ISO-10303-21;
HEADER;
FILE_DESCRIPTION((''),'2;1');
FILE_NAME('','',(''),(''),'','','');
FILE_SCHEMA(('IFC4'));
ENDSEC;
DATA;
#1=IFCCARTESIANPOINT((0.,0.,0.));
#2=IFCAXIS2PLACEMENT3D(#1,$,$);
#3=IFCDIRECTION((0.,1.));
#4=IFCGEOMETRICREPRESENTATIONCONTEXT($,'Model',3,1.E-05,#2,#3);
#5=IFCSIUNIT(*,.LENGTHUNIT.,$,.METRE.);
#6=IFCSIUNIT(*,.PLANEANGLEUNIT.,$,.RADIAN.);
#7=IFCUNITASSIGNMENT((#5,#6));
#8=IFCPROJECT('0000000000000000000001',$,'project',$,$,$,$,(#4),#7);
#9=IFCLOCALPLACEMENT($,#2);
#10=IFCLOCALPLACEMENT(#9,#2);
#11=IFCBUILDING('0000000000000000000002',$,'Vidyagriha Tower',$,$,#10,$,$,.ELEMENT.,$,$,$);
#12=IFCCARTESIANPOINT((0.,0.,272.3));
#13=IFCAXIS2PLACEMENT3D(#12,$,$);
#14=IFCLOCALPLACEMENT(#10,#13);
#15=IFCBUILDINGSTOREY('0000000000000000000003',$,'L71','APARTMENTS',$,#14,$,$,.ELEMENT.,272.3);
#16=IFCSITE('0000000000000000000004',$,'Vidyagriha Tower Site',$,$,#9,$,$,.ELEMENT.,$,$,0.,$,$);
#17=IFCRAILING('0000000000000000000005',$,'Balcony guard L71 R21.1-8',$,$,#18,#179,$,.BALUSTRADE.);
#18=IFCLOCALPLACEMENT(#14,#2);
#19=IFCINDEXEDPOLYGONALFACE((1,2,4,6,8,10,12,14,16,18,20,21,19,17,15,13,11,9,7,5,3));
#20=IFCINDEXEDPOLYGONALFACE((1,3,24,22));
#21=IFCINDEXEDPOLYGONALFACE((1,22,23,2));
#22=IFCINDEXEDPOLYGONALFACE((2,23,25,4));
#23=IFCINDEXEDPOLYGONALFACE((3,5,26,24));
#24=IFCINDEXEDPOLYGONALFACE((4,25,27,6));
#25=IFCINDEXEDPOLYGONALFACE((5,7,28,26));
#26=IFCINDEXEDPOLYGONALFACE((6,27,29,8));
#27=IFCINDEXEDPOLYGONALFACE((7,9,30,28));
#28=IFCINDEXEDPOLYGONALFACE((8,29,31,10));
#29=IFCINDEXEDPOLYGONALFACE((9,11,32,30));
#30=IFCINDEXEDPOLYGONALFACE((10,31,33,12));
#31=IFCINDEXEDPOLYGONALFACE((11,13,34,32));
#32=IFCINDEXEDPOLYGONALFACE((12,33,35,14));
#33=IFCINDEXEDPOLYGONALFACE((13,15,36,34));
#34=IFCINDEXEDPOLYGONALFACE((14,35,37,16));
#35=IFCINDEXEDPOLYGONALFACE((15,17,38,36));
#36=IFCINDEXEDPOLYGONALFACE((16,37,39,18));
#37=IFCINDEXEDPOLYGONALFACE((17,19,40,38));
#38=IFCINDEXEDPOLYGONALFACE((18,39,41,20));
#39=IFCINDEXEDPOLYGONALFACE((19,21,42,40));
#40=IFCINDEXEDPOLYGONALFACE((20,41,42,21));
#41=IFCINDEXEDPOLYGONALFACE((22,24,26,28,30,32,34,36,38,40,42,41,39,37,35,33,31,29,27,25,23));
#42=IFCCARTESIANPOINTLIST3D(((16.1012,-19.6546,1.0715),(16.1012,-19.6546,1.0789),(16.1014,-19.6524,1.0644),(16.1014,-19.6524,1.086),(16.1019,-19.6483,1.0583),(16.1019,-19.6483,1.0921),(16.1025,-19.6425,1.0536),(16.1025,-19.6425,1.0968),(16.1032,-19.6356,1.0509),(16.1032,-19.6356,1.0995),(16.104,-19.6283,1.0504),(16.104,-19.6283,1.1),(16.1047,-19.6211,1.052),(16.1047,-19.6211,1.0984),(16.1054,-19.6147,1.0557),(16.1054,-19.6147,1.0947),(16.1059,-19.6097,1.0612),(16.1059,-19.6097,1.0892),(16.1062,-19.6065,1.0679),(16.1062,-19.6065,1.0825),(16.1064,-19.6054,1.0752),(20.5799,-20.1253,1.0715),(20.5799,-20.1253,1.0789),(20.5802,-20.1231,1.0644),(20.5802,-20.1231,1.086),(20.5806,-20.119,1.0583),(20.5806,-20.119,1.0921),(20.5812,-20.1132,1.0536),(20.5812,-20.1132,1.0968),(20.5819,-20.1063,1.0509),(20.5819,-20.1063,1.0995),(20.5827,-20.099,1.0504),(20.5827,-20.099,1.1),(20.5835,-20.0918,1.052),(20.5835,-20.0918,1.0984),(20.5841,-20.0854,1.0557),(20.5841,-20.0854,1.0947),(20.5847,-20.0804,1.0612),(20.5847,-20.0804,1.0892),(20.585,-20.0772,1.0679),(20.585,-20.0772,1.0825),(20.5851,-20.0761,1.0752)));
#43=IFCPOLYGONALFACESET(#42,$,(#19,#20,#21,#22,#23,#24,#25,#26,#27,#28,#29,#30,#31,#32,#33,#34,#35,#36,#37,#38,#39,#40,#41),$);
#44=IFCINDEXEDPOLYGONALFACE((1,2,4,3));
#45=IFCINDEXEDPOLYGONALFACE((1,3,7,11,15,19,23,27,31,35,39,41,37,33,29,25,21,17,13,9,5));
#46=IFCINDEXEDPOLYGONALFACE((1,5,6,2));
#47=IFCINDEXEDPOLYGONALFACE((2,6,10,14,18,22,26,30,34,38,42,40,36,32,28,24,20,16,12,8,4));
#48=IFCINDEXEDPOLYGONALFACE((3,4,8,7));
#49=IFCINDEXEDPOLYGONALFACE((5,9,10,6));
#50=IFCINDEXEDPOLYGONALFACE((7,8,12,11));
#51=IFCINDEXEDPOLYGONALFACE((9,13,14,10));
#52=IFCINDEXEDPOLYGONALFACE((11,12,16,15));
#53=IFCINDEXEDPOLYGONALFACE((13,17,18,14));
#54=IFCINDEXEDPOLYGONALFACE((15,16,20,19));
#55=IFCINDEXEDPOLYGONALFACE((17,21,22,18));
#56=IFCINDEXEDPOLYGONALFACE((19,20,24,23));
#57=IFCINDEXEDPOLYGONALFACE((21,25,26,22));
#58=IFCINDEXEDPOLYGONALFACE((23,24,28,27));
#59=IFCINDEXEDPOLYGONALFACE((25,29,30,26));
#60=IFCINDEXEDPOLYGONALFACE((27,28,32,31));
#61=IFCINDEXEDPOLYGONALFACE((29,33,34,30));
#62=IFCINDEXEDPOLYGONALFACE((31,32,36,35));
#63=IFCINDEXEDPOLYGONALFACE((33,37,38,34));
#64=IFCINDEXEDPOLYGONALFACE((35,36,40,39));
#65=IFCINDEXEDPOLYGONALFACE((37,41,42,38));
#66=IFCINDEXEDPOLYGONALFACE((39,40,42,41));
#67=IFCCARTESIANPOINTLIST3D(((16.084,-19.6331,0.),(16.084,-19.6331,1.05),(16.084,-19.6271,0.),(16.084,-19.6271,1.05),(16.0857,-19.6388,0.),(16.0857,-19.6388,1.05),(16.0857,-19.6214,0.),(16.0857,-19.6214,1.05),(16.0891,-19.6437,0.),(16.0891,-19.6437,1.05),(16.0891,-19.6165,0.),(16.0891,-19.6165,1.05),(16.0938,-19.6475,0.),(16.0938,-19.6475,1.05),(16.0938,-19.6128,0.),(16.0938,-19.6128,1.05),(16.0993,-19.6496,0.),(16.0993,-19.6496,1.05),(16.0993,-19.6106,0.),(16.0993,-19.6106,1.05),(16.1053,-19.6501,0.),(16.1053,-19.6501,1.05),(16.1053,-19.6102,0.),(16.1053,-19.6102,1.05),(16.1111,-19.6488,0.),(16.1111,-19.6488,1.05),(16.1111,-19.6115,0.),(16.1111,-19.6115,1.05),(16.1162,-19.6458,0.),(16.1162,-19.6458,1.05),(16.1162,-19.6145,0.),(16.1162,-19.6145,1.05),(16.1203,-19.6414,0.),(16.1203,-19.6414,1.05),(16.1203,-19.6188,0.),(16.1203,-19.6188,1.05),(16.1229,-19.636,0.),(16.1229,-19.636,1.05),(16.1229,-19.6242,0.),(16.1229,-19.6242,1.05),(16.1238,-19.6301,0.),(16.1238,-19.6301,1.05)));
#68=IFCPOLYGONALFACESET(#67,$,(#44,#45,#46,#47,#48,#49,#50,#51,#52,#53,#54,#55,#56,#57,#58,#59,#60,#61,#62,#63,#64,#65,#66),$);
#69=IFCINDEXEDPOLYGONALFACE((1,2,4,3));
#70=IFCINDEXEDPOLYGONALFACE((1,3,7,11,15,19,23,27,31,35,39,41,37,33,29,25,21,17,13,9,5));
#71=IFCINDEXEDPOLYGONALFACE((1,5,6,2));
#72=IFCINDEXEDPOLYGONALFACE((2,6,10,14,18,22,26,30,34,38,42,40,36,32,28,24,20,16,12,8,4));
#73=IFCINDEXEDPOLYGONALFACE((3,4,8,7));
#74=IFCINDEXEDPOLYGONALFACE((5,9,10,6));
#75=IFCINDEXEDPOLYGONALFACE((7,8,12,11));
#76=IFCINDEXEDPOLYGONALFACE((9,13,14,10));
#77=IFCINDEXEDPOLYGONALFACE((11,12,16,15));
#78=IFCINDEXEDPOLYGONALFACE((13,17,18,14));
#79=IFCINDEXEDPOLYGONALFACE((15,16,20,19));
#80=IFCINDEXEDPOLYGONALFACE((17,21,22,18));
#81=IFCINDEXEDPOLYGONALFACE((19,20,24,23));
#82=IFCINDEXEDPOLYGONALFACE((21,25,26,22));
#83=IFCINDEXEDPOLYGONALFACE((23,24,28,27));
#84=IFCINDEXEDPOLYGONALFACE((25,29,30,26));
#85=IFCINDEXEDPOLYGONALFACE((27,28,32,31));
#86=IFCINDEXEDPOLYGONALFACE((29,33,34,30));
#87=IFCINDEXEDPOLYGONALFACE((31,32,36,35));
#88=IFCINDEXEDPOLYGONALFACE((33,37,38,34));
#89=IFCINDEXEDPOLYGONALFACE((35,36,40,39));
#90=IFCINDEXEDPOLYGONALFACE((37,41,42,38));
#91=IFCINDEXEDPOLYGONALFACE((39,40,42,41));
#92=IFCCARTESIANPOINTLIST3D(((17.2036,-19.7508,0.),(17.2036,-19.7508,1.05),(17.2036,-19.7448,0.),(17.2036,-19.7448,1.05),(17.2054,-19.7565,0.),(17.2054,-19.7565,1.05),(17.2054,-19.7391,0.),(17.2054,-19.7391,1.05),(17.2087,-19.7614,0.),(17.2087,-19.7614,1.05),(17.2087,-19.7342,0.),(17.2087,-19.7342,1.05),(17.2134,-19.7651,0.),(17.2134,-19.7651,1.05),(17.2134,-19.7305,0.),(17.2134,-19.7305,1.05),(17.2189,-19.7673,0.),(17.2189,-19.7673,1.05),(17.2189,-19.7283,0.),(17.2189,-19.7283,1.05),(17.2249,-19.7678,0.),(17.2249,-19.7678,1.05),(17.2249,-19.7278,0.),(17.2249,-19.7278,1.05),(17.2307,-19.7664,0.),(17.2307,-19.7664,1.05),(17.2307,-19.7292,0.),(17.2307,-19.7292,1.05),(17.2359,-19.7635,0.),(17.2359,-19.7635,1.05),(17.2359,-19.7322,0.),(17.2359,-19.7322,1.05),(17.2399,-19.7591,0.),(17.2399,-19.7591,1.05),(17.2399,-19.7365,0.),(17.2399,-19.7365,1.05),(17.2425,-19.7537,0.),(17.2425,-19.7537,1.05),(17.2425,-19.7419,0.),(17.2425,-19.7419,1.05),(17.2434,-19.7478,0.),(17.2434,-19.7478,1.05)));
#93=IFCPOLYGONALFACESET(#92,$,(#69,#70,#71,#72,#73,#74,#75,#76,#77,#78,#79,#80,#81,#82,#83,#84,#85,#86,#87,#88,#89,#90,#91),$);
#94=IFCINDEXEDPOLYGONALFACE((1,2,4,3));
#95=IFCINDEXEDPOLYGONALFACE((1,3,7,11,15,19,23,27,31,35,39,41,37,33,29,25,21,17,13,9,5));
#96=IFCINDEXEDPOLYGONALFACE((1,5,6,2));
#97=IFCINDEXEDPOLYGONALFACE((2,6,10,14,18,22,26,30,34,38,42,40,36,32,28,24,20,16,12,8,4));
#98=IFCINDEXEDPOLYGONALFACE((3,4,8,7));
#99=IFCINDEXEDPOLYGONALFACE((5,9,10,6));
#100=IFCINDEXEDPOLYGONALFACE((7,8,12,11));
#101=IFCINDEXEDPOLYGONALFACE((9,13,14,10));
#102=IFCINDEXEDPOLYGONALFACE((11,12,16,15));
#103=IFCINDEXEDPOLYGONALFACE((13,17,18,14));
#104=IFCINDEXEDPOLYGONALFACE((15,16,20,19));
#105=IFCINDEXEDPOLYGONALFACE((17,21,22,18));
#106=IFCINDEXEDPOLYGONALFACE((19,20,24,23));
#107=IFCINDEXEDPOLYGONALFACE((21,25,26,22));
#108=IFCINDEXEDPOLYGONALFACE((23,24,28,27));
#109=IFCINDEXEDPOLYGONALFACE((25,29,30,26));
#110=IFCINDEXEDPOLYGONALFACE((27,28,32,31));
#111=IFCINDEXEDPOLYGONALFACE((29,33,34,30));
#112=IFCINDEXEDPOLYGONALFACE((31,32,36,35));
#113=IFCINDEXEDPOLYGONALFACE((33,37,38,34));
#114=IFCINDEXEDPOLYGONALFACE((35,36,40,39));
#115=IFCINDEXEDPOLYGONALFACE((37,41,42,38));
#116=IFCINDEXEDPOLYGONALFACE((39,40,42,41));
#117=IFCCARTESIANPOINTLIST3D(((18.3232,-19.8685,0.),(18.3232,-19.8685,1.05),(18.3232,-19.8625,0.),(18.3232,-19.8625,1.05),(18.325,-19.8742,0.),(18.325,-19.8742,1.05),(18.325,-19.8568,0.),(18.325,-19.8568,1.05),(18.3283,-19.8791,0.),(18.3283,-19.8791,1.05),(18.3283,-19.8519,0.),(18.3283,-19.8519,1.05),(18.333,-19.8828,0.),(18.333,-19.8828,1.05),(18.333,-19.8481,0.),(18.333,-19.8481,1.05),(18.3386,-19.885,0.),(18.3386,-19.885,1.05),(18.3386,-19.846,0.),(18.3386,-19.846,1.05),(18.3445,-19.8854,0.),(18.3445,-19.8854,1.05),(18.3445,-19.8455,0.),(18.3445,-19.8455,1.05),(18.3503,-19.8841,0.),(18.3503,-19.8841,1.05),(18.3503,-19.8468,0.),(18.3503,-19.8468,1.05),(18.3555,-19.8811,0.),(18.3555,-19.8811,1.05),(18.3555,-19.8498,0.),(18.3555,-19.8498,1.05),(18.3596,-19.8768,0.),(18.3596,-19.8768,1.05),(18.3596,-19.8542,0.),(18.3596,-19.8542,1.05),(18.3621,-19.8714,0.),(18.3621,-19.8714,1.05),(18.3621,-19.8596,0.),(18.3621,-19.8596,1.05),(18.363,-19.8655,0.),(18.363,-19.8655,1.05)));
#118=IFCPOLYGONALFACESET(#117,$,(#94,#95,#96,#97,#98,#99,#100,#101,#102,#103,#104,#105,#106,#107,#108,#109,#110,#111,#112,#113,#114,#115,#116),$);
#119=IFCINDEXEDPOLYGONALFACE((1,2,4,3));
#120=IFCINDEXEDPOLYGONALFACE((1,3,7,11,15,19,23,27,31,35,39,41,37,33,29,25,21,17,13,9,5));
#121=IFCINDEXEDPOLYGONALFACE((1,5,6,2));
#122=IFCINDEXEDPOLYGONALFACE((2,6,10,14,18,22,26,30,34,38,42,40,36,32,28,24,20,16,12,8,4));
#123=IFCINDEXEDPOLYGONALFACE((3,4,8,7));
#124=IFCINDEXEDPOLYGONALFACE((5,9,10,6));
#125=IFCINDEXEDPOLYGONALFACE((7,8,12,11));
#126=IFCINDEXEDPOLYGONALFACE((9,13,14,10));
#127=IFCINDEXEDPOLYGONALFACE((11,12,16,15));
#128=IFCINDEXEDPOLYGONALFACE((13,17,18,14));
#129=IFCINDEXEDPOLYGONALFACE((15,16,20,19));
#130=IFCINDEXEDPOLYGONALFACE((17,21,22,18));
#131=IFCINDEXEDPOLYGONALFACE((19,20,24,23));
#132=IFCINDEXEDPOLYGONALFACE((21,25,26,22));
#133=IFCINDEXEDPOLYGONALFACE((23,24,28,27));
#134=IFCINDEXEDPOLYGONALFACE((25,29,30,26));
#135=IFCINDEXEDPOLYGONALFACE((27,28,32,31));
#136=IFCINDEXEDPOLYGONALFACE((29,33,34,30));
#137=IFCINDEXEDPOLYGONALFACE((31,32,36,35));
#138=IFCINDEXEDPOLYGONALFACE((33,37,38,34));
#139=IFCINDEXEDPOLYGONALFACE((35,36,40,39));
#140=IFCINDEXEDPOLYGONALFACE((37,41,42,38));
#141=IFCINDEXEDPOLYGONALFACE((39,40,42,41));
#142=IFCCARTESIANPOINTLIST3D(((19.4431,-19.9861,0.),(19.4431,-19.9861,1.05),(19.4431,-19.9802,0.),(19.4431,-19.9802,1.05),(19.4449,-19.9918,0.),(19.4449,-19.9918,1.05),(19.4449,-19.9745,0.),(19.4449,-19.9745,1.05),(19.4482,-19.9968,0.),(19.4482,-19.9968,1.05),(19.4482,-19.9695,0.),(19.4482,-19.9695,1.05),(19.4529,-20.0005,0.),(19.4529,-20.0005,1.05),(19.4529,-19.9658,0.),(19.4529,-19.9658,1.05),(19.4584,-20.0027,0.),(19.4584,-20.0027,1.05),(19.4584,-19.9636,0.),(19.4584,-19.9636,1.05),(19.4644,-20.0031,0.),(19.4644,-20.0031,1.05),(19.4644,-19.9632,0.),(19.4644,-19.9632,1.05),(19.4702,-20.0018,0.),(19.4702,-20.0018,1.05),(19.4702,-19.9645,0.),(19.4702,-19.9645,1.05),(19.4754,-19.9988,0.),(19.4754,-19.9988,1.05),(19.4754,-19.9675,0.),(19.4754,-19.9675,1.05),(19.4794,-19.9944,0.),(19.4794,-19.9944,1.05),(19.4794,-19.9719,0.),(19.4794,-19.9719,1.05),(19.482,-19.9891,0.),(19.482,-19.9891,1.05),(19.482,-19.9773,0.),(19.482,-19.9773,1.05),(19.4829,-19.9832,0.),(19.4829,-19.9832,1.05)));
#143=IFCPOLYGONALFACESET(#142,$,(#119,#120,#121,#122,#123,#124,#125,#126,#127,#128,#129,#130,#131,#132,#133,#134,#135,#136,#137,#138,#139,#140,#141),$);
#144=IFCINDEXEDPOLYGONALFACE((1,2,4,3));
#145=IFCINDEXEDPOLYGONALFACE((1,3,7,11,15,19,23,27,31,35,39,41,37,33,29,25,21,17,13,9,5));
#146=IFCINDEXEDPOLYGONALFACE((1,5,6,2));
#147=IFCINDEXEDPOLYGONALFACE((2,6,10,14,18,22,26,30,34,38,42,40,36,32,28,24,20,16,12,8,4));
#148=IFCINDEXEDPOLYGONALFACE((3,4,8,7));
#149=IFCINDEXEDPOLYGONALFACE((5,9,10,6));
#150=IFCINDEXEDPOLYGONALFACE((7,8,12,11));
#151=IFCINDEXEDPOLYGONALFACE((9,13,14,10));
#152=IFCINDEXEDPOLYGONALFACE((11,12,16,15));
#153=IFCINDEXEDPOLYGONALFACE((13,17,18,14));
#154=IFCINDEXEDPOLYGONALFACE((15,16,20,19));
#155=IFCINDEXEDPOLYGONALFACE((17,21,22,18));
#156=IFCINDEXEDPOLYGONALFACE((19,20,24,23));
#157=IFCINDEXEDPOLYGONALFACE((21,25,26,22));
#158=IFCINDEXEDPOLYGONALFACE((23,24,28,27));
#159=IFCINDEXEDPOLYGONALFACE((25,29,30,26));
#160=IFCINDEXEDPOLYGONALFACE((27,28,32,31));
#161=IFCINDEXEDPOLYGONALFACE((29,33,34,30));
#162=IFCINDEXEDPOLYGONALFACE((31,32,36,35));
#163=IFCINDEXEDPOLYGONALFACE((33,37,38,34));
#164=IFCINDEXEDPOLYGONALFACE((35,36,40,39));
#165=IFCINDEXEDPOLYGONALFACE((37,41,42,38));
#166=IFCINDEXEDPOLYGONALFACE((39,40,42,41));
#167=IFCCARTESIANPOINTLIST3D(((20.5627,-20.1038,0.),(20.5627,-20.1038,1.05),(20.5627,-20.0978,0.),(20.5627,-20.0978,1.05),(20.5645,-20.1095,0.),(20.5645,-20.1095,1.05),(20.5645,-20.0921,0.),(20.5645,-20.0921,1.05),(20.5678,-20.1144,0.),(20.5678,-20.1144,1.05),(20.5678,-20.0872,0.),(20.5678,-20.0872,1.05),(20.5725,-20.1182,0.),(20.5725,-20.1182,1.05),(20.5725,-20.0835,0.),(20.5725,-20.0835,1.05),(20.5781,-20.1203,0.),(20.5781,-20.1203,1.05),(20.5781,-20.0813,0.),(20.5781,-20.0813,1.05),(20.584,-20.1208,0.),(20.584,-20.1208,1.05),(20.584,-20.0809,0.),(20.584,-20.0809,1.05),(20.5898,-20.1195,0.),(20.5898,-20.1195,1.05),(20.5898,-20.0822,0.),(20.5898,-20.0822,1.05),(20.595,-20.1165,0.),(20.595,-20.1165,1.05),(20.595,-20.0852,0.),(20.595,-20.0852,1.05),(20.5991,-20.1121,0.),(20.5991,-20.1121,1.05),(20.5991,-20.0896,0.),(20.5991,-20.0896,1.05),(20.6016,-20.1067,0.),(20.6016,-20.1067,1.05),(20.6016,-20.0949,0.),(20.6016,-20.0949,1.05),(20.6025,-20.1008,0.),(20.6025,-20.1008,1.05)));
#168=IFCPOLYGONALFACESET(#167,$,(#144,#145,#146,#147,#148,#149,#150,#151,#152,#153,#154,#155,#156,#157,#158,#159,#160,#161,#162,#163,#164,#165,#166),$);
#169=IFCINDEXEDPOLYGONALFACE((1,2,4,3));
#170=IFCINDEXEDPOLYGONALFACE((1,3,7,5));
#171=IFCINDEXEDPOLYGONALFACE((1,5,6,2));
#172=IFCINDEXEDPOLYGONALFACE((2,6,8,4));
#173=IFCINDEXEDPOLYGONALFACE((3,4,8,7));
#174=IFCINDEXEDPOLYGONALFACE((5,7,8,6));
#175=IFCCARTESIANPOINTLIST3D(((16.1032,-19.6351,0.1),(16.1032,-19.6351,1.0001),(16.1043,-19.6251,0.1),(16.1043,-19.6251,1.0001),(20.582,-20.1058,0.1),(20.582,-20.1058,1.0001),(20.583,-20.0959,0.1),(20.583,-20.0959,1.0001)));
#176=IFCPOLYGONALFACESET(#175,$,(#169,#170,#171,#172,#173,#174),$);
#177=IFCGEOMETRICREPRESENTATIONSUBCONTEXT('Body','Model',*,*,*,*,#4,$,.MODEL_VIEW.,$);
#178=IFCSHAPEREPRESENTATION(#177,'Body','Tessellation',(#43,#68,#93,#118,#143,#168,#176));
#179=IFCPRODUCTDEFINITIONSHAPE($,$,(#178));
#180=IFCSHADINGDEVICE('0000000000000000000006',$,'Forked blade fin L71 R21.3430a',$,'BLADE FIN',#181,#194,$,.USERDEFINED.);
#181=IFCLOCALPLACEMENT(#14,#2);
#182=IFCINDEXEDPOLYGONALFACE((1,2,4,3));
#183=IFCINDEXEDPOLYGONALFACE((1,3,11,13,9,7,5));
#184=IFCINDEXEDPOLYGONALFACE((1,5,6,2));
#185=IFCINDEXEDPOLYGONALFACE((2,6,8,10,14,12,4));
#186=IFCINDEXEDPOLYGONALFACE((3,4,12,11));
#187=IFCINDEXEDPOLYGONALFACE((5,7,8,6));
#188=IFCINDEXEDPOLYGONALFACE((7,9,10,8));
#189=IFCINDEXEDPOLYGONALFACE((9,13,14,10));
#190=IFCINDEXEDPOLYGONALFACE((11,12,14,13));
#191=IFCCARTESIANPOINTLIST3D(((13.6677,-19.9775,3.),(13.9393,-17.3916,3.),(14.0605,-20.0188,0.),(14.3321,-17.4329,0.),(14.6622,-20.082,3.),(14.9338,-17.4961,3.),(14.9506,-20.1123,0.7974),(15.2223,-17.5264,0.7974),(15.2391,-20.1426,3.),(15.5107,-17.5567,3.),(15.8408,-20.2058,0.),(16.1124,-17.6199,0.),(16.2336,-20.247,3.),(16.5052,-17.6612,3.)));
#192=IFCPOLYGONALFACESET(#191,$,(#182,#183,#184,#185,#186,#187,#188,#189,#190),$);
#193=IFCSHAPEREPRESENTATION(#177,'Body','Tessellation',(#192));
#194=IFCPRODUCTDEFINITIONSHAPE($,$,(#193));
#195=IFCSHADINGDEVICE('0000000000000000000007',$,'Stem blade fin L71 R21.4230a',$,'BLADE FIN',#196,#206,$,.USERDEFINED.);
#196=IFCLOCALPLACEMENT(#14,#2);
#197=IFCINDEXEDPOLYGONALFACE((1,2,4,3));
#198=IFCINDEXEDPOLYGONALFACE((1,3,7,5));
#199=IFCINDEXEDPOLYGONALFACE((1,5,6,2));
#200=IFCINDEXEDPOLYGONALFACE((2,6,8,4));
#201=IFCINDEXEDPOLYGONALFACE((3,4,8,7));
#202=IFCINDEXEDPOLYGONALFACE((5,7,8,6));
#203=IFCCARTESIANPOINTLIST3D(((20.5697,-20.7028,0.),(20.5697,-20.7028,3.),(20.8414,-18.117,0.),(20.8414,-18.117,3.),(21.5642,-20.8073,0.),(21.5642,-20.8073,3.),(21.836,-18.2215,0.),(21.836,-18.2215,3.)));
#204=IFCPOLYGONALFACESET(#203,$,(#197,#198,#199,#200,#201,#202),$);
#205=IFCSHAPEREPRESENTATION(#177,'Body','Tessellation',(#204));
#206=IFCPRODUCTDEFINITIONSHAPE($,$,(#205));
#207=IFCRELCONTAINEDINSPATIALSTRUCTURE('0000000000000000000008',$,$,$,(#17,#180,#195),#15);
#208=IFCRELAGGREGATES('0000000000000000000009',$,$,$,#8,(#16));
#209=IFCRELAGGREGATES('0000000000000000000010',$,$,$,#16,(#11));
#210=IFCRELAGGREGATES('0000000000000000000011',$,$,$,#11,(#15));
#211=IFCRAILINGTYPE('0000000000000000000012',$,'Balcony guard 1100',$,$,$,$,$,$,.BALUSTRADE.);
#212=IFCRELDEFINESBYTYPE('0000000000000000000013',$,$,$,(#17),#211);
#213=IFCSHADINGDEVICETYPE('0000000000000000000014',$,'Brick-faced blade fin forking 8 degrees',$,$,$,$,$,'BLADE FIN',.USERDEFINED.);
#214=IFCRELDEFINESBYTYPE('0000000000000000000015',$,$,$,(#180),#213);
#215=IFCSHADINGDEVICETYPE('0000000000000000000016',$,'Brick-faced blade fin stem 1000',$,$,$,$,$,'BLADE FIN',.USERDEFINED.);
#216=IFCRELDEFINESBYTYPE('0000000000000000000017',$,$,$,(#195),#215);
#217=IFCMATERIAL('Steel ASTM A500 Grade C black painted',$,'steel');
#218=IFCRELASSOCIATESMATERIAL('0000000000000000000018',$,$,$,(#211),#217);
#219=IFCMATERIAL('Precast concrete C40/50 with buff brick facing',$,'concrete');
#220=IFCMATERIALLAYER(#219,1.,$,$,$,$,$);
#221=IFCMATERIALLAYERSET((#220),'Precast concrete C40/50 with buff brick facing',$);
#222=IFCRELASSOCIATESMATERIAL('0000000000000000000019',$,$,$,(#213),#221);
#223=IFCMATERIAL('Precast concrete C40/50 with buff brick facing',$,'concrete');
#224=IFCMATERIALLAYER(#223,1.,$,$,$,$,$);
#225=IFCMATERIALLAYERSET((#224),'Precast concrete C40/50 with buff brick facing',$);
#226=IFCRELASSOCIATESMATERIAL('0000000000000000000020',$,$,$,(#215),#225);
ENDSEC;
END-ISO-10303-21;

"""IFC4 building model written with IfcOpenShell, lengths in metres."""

from ifc_helpers import new_model, si_unit, direction, frame, origin, origin_2d, place, context, subcontext, project, spatial, polyline, rectangle, circle, outline, extrude, material, layer, layer_set, type_object, element, save


model = new_model("IFC4")

# Units and contexts
model_context = context("Model", 3, precision=1e-05, world=origin(), true_north=direction((0.0, 1.0)))
body_context = subcontext(model_context, "Body", "Model", "MODEL_VIEW")
ifc_project = project(units=[si_unit("LENGTHUNIT", "METRE"), si_unit("PLANEANGLEUNIT", "RADIAN")], contexts=[model_context])

# Site, building, storey
site_placement = place(None, origin())
site = spatial("IfcSite", under=ifc_project, at=site_placement, Name="Vidyagriha Tower Site", CompositionType="ELEMENT", RefElevation=0.0)
building_placement = place(site_placement, origin())
building = spatial("IfcBuilding", under=site, at=building_placement, Name="Vidyagriha Tower", CompositionType="ELEMENT")
storey_placement = place(building_placement, frame((0.0, 0.0, 272.3)))
storey = spatial("IfcBuildingStorey", under=building, at=storey_placement, Name="L71", Description="APARTMENTS", CompositionType="ELEMENT", Elevation=272.3)

# Railing
ifc_material_1 = material(Name="Steel ASTM A500 Grade C black painted", Category="steel")
railing_type = type_object("IfcRailingType", Name="Balcony guard 1100", PredefinedType="BALUSTRADE", material=ifc_material_1)
railing_placement = place(storey_placement, frame((16.1038, -19.6301, 0.0)))
element("IfcRailing", 1, at=railing_placement, inside=storey, type_object=railing_type, Name="Balcony guard L71 R21.1-8", PredefinedType="BALUSTRADE", context=body_context, shape_type="SweptSolid", body=[
    extrude(circle(Radius=0.0249, at=origin_2d()), frame((0.0, 0.0, 1.0752), z_axis=(0.994523, -0.104521, 0.0), x_axis=(0.104521, 0.994523, 0.0)), (0.0, 0.0, 1.0), 4.5034),
    extrude(circle(Radius=0.02, at=origin_2d()), origin(), (0.0, 0.0, 1.0), 1.05),
    extrude(circle(Radius=0.02, at=origin_2d()), frame((1.1196, -0.1177, 0.0)), (0.0, 0.0, 1.0), 1.05),
    extrude(circle(Radius=0.02, at=origin_2d()), frame((2.2393, -0.2354, 0.0)), (0.0, 0.0, 1.0), 1.05),
    extrude(circle(Radius=0.02, at=origin_2d()), frame((3.3591, -0.353, 0.0)), (0.0, 0.0, 1.0), 1.05),
    extrude(circle(Radius=0.02, at=origin_2d()), frame((4.4788, -0.4707, 0.0)), (0.0, 0.0, 1.0), 1.05),
    extrude(rectangle(XDim=0.01, YDim=0.9001, at=origin_2d()), frame((0.0, 0.0, 0.55), z_axis=(0.994523, -0.104521, 0.0), x_axis=(0.104521, 0.994523, 0.0)), (0.0, 0.0, 1.0), 4.5034),
])

# Shading devices
ifc_material_2 = material(Name="Precast concrete C40/50 with buff brick facing", Category="concrete")
ifc_layer_1 = layer(ifc_material_2, 1.0)
ifc_layer_set_1 = layer_set([ifc_layer_1], Name="Precast concrete C40/50 with buff brick facing")
shading_device_type_1 = type_object("IfcShadingDeviceType", Name="Brick-faced blade fin forking 8 degrees", ElementType="BLADE FIN", PredefinedType="USERDEFINED", material=ifc_layer_set_1)
shading_device_1_placement = place(storey_placement, frame((13.8035, -18.6846, 0.0), z_axis=(0.0, 0.0, 1.0), x_axis=(0.994528, -0.104468, 0.0)))
element("IfcShadingDevice", 2, at=shading_device_1_placement, inside=storey, type_object=shading_device_type_1, Name="Forked blade fin L71 R21.3430a", ObjectType="BLADE FIN", PredefinedType="USERDEFINED", context=body_context, shape_type="SweptSolid", body=[
    extrude(outline(polyline([(0.395, 0.0), (2.1851, 0.0), (2.5801, 3.0), (1.5801, 3.0), (1.29, 0.7974), (1.0, 3.0), (0.0, 3.0), (0.395, 0.0)])), frame((0.0, 1.3, 0.0), z_axis=(0.0, -1.0, 0.0), x_axis=(1.0, 0.0, 0.0)), (0.0, 0.0, 1.0), 2.6001),
])
ifc_material_3 = material(Name="Precast concrete C40/50 with buff brick facing", Category="concrete")
ifc_layer_2 = layer(ifc_material_3, 1.0)
ifc_layer_set_2 = layer_set([ifc_layer_2], Name="Precast concrete C40/50 with buff brick facing")
shading_device_type_2 = type_object("IfcShadingDeviceType", Name="Brick-faced blade fin stem 1000", ElementType="BLADE FIN", PredefinedType="USERDEFINED", material=ifc_layer_set_2)
shading_device_2_placement = place(storey_placement, frame((20.7056, -19.4099, 0.0), z_axis=(0.0, 0.0, 1.0), x_axis=(0.994524, -0.104507, 0.0)))
element("IfcShadingDevice", 3, at=shading_device_2_placement, inside=storey, type_object=shading_device_type_2, Name="Stem blade fin L71 R21.4230a", ObjectType="BLADE FIN", PredefinedType="USERDEFINED", context=body_context, shape_type="SweptSolid", body=[
    extrude(outline(polyline([(0.0, 0.0), (1.0, 0.0), (1.0, 3.0), (0.0, 3.0), (0.0, 0.0)])), frame((0.0, 1.3, 0.0), z_axis=(0.0, -1.0, 0.0), x_axis=(1.0, 0.0, 0.0)), (0.0, 0.0, 1.0), 2.6001),
])

save(model, "model.ifc")
